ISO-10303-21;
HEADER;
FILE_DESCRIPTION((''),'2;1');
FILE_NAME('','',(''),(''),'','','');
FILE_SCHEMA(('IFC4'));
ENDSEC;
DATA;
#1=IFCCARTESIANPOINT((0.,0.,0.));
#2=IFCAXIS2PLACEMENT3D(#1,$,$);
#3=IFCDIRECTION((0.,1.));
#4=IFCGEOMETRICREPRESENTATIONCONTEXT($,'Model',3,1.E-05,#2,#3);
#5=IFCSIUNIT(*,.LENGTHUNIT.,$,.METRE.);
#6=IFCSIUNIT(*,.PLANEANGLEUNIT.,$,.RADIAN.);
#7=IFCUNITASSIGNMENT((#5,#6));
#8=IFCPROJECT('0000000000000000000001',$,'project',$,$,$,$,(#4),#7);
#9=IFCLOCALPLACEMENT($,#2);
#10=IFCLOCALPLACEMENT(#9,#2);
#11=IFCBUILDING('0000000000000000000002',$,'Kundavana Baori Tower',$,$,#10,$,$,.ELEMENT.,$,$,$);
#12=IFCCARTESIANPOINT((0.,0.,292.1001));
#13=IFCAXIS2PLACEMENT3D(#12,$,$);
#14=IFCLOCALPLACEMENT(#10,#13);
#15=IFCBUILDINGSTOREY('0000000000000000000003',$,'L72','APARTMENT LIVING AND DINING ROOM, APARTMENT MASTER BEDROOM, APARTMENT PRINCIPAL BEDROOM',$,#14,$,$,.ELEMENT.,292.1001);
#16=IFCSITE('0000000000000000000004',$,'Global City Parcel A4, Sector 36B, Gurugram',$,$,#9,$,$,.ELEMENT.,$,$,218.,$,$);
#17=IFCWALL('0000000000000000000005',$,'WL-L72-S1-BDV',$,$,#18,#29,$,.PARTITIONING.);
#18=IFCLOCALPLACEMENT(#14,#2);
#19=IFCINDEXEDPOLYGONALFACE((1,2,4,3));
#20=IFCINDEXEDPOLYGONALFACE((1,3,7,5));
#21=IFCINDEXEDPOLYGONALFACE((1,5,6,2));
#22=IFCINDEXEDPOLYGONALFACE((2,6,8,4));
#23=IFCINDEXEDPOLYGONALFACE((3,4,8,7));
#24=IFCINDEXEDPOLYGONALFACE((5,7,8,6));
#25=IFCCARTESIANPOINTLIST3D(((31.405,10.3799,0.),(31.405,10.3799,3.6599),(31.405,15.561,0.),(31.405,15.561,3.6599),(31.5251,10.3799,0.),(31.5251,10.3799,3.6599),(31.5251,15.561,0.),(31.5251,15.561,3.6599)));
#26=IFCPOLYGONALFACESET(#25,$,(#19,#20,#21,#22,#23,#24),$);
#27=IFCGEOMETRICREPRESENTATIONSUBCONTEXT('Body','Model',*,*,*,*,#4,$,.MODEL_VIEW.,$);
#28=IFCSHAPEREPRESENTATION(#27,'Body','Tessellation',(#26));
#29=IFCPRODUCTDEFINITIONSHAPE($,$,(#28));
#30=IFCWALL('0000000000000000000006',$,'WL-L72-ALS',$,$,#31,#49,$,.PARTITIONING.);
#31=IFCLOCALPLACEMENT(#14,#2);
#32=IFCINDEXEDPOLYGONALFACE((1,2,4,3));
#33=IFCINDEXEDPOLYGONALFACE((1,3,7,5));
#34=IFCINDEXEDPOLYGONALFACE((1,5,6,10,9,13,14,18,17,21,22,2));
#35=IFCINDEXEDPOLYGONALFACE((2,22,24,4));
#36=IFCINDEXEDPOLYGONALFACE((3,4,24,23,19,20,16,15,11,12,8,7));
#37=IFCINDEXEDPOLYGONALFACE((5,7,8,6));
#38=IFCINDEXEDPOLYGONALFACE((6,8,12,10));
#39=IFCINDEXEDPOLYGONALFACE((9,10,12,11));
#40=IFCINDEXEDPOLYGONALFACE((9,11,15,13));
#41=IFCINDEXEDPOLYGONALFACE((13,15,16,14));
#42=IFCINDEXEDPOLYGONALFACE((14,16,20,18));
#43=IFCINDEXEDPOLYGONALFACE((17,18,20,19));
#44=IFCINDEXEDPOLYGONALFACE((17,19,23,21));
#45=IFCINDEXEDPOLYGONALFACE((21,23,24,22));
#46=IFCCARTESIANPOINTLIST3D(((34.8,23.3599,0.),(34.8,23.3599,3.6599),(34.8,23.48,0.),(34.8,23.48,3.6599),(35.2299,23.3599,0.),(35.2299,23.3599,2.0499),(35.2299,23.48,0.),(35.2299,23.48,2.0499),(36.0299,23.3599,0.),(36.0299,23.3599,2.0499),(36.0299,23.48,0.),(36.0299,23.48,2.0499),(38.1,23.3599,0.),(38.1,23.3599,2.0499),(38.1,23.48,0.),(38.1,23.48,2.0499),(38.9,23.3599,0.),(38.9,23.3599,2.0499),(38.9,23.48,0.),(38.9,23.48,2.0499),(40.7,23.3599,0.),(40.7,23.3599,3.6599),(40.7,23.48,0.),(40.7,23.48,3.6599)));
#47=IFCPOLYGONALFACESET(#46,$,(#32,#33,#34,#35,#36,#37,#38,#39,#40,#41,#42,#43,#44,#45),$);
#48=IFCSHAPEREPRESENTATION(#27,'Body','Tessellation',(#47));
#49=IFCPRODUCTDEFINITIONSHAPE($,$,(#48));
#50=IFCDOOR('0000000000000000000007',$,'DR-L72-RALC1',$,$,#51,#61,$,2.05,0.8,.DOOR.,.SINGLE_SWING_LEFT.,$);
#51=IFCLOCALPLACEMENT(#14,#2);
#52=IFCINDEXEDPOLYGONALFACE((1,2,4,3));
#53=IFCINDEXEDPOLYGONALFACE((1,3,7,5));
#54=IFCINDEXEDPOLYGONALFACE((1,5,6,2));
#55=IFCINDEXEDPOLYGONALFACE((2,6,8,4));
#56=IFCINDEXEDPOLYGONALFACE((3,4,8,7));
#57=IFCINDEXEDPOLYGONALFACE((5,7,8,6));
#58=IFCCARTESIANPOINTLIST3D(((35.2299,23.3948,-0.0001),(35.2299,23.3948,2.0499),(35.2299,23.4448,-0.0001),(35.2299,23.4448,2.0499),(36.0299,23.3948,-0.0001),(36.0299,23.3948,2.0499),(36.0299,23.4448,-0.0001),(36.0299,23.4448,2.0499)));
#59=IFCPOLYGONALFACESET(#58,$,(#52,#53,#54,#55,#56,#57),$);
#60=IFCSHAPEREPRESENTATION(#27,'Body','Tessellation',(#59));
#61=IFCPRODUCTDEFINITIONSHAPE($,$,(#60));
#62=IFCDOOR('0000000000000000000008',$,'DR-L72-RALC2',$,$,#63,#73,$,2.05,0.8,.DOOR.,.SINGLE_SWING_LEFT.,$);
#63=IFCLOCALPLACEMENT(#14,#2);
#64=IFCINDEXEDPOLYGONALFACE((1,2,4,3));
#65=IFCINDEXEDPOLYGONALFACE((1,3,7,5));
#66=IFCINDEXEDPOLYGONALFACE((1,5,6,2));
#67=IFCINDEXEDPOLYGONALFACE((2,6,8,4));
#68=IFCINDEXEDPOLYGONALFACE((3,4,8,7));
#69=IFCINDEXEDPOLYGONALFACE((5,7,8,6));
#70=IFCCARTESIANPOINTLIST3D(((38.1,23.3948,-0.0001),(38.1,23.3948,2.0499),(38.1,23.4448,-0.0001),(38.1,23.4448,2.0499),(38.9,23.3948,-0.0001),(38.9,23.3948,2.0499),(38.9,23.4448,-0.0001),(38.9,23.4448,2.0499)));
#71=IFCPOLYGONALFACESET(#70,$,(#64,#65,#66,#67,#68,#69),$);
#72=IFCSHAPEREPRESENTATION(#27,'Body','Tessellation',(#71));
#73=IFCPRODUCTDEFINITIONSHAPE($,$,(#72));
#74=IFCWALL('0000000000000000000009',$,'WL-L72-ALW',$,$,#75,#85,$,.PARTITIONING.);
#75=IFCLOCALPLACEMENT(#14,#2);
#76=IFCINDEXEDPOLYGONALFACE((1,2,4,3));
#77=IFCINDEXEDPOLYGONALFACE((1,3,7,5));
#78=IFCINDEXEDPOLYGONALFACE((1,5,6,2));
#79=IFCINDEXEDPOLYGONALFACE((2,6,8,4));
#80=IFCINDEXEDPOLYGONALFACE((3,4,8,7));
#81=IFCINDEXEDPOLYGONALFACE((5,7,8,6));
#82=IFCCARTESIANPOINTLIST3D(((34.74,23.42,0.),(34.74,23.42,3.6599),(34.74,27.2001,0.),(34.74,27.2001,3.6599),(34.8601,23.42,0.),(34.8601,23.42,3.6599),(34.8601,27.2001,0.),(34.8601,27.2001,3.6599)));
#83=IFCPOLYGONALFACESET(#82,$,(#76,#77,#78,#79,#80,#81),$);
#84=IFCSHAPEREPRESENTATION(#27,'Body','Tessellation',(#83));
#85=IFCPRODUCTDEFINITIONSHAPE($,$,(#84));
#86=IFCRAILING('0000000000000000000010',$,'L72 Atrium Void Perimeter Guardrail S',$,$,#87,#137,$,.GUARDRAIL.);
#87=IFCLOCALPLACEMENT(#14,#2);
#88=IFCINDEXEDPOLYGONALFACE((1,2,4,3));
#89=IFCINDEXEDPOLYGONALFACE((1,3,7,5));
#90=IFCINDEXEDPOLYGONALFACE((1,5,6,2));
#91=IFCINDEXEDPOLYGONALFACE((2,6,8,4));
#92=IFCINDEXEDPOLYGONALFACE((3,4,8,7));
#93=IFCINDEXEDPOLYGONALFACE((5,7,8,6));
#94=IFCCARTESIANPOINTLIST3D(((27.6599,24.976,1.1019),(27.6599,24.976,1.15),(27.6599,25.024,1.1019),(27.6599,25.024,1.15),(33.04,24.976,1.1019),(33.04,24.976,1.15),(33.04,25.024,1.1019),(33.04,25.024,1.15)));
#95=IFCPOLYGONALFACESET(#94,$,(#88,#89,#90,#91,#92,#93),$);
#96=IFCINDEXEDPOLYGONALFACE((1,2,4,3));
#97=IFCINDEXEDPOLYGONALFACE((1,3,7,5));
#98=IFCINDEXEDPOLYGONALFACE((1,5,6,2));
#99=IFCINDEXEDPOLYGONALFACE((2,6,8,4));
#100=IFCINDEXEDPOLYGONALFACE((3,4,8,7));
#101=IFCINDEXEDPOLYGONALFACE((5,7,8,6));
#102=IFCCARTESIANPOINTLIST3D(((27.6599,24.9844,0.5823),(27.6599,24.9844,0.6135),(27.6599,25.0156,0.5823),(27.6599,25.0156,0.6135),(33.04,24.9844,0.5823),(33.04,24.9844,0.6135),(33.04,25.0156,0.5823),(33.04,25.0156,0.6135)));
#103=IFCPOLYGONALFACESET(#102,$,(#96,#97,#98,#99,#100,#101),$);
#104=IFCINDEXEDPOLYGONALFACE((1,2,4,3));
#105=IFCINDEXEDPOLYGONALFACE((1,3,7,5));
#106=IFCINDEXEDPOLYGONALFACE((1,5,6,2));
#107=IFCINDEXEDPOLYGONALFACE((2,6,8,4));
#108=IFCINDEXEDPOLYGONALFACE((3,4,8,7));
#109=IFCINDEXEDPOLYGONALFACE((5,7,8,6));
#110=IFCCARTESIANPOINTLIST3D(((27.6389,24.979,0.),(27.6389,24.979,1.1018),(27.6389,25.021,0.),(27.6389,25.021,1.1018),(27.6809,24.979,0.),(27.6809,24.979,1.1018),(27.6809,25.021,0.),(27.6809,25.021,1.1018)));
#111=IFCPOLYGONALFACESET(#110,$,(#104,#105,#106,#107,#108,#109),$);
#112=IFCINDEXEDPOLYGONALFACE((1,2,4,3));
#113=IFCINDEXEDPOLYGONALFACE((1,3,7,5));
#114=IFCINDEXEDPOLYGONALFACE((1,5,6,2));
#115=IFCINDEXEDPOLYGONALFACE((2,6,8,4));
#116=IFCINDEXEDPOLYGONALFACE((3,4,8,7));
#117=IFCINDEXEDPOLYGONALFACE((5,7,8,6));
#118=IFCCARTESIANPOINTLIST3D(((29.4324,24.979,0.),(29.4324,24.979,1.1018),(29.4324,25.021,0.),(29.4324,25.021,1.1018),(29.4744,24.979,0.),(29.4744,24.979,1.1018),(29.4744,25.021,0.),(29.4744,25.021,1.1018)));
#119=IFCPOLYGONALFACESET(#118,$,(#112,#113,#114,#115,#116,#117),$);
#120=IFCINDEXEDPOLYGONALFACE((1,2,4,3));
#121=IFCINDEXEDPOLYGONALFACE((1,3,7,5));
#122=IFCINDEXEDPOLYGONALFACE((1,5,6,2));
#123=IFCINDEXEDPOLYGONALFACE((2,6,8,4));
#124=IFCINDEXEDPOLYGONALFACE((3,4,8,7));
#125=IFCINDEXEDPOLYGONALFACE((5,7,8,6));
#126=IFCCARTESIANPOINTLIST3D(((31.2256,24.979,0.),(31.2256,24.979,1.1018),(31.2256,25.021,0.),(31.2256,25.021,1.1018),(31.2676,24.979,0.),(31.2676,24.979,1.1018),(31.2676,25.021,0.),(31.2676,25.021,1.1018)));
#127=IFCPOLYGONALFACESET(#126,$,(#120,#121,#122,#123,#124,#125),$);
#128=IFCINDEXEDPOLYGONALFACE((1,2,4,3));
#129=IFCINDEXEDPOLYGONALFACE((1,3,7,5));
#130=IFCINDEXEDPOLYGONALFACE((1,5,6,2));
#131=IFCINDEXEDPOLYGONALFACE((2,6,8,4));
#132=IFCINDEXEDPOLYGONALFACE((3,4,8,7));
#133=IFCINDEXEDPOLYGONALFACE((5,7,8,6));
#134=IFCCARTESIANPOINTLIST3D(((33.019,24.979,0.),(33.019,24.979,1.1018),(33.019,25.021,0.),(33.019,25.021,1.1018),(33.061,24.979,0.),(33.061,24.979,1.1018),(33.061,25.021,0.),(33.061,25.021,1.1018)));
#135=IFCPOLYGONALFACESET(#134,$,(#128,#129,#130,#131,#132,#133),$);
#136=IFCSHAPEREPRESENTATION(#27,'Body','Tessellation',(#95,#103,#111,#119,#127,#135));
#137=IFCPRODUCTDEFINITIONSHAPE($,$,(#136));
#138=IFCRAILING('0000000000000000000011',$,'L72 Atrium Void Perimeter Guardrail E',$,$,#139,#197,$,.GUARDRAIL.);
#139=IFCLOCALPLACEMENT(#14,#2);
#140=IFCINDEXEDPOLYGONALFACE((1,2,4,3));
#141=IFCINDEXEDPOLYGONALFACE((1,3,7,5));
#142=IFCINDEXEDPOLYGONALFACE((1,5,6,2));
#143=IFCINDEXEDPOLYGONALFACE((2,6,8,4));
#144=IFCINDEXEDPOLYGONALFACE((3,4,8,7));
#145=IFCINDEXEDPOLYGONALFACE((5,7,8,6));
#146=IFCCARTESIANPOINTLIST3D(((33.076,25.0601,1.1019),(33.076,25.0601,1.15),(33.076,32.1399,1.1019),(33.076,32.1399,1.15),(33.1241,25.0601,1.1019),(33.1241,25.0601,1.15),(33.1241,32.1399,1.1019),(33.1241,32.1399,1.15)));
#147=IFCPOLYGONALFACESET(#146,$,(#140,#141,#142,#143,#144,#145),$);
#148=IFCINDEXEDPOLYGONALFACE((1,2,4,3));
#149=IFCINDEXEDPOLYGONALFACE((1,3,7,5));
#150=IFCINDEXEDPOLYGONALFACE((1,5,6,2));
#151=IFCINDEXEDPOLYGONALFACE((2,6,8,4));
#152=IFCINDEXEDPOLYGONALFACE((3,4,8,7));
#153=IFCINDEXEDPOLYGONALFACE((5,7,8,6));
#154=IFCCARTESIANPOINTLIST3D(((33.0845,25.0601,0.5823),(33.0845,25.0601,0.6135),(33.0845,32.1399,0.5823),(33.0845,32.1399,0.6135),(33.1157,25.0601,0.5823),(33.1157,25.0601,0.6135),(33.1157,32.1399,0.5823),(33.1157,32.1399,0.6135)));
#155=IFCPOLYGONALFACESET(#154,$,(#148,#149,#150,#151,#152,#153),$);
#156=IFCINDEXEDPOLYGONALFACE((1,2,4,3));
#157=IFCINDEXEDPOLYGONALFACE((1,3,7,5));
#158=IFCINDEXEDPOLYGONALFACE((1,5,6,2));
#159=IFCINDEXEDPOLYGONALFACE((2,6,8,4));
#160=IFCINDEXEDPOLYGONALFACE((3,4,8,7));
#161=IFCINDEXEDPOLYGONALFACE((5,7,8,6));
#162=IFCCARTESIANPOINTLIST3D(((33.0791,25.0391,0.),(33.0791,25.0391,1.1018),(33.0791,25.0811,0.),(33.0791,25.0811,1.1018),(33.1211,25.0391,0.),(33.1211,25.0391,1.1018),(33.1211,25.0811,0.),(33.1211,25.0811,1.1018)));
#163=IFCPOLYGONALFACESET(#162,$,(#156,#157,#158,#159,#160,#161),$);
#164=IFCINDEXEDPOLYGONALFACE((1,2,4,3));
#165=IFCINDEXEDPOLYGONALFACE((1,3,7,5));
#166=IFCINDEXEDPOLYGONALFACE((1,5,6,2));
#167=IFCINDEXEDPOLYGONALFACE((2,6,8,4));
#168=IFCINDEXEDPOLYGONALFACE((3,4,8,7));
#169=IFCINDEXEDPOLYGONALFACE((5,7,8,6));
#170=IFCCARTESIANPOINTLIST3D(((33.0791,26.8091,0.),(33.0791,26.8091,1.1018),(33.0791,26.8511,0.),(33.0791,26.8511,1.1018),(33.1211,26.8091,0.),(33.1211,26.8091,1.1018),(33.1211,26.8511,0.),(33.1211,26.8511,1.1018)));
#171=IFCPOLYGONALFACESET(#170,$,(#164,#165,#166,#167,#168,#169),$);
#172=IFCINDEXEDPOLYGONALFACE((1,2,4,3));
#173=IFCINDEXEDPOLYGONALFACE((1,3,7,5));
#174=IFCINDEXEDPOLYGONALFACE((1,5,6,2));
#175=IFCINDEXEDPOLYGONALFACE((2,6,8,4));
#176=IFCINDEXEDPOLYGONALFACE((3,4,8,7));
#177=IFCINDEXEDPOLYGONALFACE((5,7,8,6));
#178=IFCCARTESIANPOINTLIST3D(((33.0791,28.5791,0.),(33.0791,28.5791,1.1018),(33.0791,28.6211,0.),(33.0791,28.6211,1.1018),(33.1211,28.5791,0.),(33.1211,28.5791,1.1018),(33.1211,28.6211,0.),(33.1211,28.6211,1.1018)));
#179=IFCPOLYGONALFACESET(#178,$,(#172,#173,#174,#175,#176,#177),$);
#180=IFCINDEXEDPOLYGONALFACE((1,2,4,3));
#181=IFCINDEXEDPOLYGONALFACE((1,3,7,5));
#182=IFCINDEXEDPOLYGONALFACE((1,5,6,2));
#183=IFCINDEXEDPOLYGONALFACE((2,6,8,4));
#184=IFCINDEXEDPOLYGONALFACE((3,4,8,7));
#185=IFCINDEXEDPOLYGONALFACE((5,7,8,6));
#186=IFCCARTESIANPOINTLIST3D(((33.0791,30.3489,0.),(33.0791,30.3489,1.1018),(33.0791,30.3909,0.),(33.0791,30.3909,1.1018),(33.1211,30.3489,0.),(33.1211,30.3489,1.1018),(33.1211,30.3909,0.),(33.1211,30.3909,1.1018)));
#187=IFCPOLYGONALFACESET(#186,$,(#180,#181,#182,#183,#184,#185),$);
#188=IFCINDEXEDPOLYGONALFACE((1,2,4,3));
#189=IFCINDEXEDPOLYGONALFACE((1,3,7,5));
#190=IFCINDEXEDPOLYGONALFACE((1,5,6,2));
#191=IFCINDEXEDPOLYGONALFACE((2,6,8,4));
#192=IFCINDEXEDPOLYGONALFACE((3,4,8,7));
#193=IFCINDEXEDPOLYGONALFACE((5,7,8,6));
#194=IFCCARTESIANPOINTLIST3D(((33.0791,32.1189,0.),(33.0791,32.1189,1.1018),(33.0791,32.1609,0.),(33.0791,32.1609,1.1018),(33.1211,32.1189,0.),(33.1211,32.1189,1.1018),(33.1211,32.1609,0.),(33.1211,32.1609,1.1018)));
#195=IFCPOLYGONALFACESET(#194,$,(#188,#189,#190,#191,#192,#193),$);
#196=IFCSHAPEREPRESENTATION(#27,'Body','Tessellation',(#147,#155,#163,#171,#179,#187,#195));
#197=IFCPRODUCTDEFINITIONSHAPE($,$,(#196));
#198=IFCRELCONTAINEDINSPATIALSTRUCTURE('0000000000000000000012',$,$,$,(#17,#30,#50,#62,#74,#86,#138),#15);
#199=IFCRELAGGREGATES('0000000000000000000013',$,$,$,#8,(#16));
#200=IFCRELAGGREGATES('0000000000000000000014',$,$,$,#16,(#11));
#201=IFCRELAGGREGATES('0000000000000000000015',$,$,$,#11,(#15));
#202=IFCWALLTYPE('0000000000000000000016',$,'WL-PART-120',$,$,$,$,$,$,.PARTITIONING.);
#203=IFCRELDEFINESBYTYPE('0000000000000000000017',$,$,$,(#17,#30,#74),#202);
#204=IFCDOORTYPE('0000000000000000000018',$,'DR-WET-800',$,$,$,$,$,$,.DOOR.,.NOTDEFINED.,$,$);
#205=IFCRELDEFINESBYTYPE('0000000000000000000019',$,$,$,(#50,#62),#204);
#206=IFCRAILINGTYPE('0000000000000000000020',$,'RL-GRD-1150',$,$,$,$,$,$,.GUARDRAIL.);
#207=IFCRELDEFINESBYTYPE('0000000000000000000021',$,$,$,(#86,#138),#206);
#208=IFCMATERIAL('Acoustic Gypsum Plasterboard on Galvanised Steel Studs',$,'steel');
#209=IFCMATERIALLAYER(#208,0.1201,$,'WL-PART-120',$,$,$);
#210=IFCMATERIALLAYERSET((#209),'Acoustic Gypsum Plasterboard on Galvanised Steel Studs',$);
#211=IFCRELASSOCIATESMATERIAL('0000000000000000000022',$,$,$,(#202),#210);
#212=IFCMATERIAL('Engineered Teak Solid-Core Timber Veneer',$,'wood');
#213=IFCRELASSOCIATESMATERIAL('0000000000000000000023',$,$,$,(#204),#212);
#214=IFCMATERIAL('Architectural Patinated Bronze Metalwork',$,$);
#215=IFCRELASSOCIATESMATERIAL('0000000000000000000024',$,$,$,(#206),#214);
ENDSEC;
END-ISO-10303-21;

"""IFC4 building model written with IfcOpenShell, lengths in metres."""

from ifc_helpers import new_model, si_unit, direction, frame, frame_2d, origin, origin_2d, place, context, subcontext, project, spatial, rectangle, extrude, material, layer, layer_set, type_object, element, fill, save


model = new_model("IFC4")

# Units and contexts
model_context = context("Model", 3, precision=1e-05, world=origin(), true_north=direction((0.0, 1.0)))
body_context = subcontext(model_context, "Body", "Model", "MODEL_VIEW")
ifc_project = project(units=[si_unit("LENGTHUNIT", "METRE"), si_unit("PLANEANGLEUNIT", "RADIAN")], contexts=[model_context])

# Site, building, storey
site_placement = place(None, origin())
site = spatial("IfcSite", under=ifc_project, at=site_placement, Name="Global City Parcel A4, Sector 36B, Gurugram", CompositionType="ELEMENT", RefElevation=218.0)
building_placement = place(site_placement, origin())
building = spatial("IfcBuilding", under=site, at=building_placement, Name="Kundavana Baori Tower", CompositionType="ELEMENT")
storey_placement = place(building_placement, frame((0.0, 0.0, 292.1001)))
storey = spatial("IfcBuildingStorey", under=building, at=storey_placement, Name="L72", Description="APARTMENT LIVING AND DINING ROOM, APARTMENT MASTER BEDROOM, APARTMENT PRINCIPAL BEDROOM", CompositionType="ELEMENT", Elevation=292.1001)

# Shared definitions
ifc_material_1 = material(Name="Acoustic Gypsum Plasterboard on Galvanised Steel Studs", Category="steel")
ifc_layer = layer(ifc_material_1, 0.1201, Name="WL-PART-120")
ifc_layer_set = layer_set([ifc_layer], Name="Acoustic Gypsum Plasterboard on Galvanised Steel Studs")
wall_type = type_object("IfcWallType", Name="WL-PART-120", PredefinedType="PARTITIONING", material=ifc_layer_set)

# Wall
wall_1_placement = place(storey_placement, frame((31.4651, 10.3799, 0.0), z_axis=(0.0, 0.0, 1.0), x_axis=(0.0, 1.0, 0.0)))
element("IfcWall", 1, at=wall_1_placement, inside=storey, type_object=wall_type, Name="WL-L72-S1-BDV", PredefinedType="PARTITIONING", context=body_context, shape_type="SweptSolid", body=[
    extrude(rectangle(XDim=5.1812, YDim=0.1201, at=frame_2d((2.5906, 0.0))), origin(), (0.0, 0.0, 1.0), 3.6599),
])

# Wall, openings, doors
wall_2_placement = place(storey_placement, frame((34.8, 23.4199, 0.0), z_axis=(0.0, 0.0, 1.0), x_axis=(1.0, 0.0, 0.0)))
wall_2 = element("IfcWall", 2, at=wall_2_placement, inside=storey, type_object=wall_type, Name="WL-L72-ALS", PredefinedType="PARTITIONING", context=body_context, shape_type="SweptSolid", body=[
    extrude(rectangle(XDim=5.8999, YDim=0.1201, at=frame_2d((2.95, 0.0))), origin(), (0.0, 0.0, 1.0), 3.6599),
])
opening_1_placement = place(wall_2_placement, frame((0.4299, 0.0, 0.0)))
opening_1 = element("IfcOpeningElement", 3, at=opening_1_placement, cuts=wall_2, PredefinedType="OPENING", context=body_context, shape_type="SweptSolid", body=[
    extrude(rectangle(XDim=0.8, YDim=2.05, at=frame_2d((0.3999, 1.0249))), frame((0.0, 0.0701, 0.0), z_axis=(0.0, -1.0, 0.0), x_axis=(1.0, 0.0, 0.0)), (0.0, 0.0, 1.0), 0.1401),
])
opening_2_placement = place(wall_2_placement, frame((3.3, 0.0, 0.0)))
opening_2 = element("IfcOpeningElement", 4, at=opening_2_placement, cuts=wall_2, PredefinedType="OPENING", context=body_context, shape_type="SweptSolid", body=[
    extrude(rectangle(XDim=0.8, YDim=2.05, at=frame_2d((0.3999, 1.0249))), frame((0.0, 0.0701, 0.0), z_axis=(0.0, -1.0, 0.0), x_axis=(1.0, 0.0, 0.0)), (0.0, 0.0, 1.0), 0.1401),
])
ifc_material_2 = material(Name="Engineered Teak Solid-Core Timber Veneer", Category="wood")
door_type_1 = type_object("IfcDoorType", Name="DR-WET-800", OperationType="NOTDEFINED", PredefinedType="DOOR", material=ifc_material_2)
door_1_placement = place(opening_1_placement, origin())
door_1 = element("IfcDoor", 5, at=door_1_placement, inside=storey, type_object=door_type_1, Name="DR-L72-RALC1", OperationType="SINGLE_SWING_LEFT", OverallHeight=2.05, OverallWidth=0.8, PredefinedType="DOOR", context=body_context, shape_type="SweptSolid", body=[
    extrude(rectangle(XDim=0.8, YDim=2.05, at=frame_2d((0.3999, 1.0249))), frame((0.0, 0.0249, 0.0), z_axis=(0.0, -1.0, 0.0), x_axis=(1.0, 0.0, 0.0)), (0.0, 0.0, 1.0), 0.05),
])
fill(opening_1, door_1)
door_2_placement = place(opening_2_placement, origin())
door_2 = element("IfcDoor", 6, at=door_2_placement, inside=storey, type_object=door_type_1, Name="DR-L72-RALC2", OperationType="SINGLE_SWING_LEFT", OverallHeight=2.05, OverallWidth=0.8, PredefinedType="DOOR", context=body_context, shape_type="SweptSolid", body=[
    extrude(rectangle(XDim=0.8, YDim=2.05, at=frame_2d((0.3999, 1.0249))), frame((0.0, 0.0249, 0.0), z_axis=(0.0, -1.0, 0.0), x_axis=(1.0, 0.0, 0.0)), (0.0, 0.0, 1.0), 0.05),
])
fill(opening_2, door_2)

# Wall
wall_3_placement = place(storey_placement, frame((34.8, 23.4199, 0.0), z_axis=(0.0, 0.0, 1.0), x_axis=(0.0, 1.0, 0.0)))
element("IfcWall", 7, at=wall_3_placement, inside=storey, type_object=wall_type, Name="WL-L72-ALW", PredefinedType="PARTITIONING", context=body_context, shape_type="SweptSolid", body=[
    extrude(rectangle(XDim=3.78, YDim=0.1201, at=frame_2d((1.8901, 0.0))), origin(), (0.0, 0.0, 1.0), 3.6599),
])

# Railings
ifc_material_3 = material(Name="Architectural Patinated Bronze Metalwork")
railing_type = type_object("IfcRailingType", Name="RL-GRD-1150", PredefinedType="GUARDRAIL", material=ifc_material_3)
railing_1_placement = place(storey_placement, frame((27.6599, 25.0, 0.0)))
element("IfcRailing", 8, at=railing_1_placement, inside=storey, type_object=railing_type, Name="L72 Atrium Void Perimeter Guardrail S", PredefinedType="GUARDRAIL", context=body_context, shape_type="SweptSolid", body=[
    extrude(rectangle(XDim=0.0481, YDim=0.0481, at=origin_2d()), frame((0.0, 0.0, 1.126), z_axis=(1.0, 0.0, 0.0), x_axis=(0.0, 1.0, 0.0)), (0.0, 0.0, 1.0), 5.3801),
    extrude(rectangle(XDim=0.0312, YDim=0.0312, at=origin_2d()), frame((0.0, 0.0, 0.5979), z_axis=(1.0, 0.0, 0.0), x_axis=(0.0, 1.0, 0.0)), (0.0, 0.0, 1.0), 5.3801),
    extrude(rectangle(XDim=0.042, YDim=0.042, at=origin_2d()), origin(), (0.0, 0.0, 1.0), 1.1018),
    extrude(rectangle(XDim=0.042, YDim=0.042, at=origin_2d()), frame((1.7935, 0.0, 0.0)), (0.0, 0.0, 1.0), 1.1018),
    extrude(rectangle(XDim=0.042, YDim=0.042, at=origin_2d()), frame((3.5867, 0.0, 0.0)), (0.0, 0.0, 1.0), 1.1018),
    extrude(rectangle(XDim=0.042, YDim=0.042, at=origin_2d()), frame((5.3801, 0.0, 0.0)), (0.0, 0.0, 1.0), 1.1018),
])
railing_2_placement = place(storey_placement, frame((33.1001, 25.0601, 0.0)))
element("IfcRailing", 9, at=railing_2_placement, inside=storey, type_object=railing_type, Name="L72 Atrium Void Perimeter Guardrail E", PredefinedType="GUARDRAIL", context=body_context, shape_type="SweptSolid", body=[
    extrude(rectangle(XDim=0.0481, YDim=0.0481, at=origin_2d()), frame((0.0, 0.0, 1.126), z_axis=(0.0, 1.0, 0.0), x_axis=(-1.0, 0.0, 0.0)), (0.0, 0.0, 1.0), 7.0798),
    extrude(rectangle(XDim=0.0312, YDim=0.0312, at=origin_2d()), frame((0.0, 0.0, 0.5979), z_axis=(0.0, 1.0, 0.0), x_axis=(-1.0, 0.0, 0.0)), (0.0, 0.0, 1.0), 7.0798),
    extrude(rectangle(XDim=0.042, YDim=0.042, at=origin_2d()), origin(), (0.0, 0.0, 1.0), 1.1018),
    extrude(rectangle(XDim=0.042, YDim=0.042, at=origin_2d()), frame((0.0, 1.77, 0.0)), (0.0, 0.0, 1.0), 1.1018),
    extrude(rectangle(XDim=0.042, YDim=0.042, at=origin_2d()), frame((0.0, 3.54, 0.0)), (0.0, 0.0, 1.0), 1.1018),
    extrude(rectangle(XDim=0.042, YDim=0.042, at=origin_2d()), frame((0.0, 5.3098, 0.0)), (0.0, 0.0, 1.0), 1.1018),
    extrude(rectangle(XDim=0.042, YDim=0.042, at=origin_2d()), frame((0.0, 7.0798, 0.0)), (0.0, 0.0, 1.0), 1.1018),
])

save(model, "model.ifc")
